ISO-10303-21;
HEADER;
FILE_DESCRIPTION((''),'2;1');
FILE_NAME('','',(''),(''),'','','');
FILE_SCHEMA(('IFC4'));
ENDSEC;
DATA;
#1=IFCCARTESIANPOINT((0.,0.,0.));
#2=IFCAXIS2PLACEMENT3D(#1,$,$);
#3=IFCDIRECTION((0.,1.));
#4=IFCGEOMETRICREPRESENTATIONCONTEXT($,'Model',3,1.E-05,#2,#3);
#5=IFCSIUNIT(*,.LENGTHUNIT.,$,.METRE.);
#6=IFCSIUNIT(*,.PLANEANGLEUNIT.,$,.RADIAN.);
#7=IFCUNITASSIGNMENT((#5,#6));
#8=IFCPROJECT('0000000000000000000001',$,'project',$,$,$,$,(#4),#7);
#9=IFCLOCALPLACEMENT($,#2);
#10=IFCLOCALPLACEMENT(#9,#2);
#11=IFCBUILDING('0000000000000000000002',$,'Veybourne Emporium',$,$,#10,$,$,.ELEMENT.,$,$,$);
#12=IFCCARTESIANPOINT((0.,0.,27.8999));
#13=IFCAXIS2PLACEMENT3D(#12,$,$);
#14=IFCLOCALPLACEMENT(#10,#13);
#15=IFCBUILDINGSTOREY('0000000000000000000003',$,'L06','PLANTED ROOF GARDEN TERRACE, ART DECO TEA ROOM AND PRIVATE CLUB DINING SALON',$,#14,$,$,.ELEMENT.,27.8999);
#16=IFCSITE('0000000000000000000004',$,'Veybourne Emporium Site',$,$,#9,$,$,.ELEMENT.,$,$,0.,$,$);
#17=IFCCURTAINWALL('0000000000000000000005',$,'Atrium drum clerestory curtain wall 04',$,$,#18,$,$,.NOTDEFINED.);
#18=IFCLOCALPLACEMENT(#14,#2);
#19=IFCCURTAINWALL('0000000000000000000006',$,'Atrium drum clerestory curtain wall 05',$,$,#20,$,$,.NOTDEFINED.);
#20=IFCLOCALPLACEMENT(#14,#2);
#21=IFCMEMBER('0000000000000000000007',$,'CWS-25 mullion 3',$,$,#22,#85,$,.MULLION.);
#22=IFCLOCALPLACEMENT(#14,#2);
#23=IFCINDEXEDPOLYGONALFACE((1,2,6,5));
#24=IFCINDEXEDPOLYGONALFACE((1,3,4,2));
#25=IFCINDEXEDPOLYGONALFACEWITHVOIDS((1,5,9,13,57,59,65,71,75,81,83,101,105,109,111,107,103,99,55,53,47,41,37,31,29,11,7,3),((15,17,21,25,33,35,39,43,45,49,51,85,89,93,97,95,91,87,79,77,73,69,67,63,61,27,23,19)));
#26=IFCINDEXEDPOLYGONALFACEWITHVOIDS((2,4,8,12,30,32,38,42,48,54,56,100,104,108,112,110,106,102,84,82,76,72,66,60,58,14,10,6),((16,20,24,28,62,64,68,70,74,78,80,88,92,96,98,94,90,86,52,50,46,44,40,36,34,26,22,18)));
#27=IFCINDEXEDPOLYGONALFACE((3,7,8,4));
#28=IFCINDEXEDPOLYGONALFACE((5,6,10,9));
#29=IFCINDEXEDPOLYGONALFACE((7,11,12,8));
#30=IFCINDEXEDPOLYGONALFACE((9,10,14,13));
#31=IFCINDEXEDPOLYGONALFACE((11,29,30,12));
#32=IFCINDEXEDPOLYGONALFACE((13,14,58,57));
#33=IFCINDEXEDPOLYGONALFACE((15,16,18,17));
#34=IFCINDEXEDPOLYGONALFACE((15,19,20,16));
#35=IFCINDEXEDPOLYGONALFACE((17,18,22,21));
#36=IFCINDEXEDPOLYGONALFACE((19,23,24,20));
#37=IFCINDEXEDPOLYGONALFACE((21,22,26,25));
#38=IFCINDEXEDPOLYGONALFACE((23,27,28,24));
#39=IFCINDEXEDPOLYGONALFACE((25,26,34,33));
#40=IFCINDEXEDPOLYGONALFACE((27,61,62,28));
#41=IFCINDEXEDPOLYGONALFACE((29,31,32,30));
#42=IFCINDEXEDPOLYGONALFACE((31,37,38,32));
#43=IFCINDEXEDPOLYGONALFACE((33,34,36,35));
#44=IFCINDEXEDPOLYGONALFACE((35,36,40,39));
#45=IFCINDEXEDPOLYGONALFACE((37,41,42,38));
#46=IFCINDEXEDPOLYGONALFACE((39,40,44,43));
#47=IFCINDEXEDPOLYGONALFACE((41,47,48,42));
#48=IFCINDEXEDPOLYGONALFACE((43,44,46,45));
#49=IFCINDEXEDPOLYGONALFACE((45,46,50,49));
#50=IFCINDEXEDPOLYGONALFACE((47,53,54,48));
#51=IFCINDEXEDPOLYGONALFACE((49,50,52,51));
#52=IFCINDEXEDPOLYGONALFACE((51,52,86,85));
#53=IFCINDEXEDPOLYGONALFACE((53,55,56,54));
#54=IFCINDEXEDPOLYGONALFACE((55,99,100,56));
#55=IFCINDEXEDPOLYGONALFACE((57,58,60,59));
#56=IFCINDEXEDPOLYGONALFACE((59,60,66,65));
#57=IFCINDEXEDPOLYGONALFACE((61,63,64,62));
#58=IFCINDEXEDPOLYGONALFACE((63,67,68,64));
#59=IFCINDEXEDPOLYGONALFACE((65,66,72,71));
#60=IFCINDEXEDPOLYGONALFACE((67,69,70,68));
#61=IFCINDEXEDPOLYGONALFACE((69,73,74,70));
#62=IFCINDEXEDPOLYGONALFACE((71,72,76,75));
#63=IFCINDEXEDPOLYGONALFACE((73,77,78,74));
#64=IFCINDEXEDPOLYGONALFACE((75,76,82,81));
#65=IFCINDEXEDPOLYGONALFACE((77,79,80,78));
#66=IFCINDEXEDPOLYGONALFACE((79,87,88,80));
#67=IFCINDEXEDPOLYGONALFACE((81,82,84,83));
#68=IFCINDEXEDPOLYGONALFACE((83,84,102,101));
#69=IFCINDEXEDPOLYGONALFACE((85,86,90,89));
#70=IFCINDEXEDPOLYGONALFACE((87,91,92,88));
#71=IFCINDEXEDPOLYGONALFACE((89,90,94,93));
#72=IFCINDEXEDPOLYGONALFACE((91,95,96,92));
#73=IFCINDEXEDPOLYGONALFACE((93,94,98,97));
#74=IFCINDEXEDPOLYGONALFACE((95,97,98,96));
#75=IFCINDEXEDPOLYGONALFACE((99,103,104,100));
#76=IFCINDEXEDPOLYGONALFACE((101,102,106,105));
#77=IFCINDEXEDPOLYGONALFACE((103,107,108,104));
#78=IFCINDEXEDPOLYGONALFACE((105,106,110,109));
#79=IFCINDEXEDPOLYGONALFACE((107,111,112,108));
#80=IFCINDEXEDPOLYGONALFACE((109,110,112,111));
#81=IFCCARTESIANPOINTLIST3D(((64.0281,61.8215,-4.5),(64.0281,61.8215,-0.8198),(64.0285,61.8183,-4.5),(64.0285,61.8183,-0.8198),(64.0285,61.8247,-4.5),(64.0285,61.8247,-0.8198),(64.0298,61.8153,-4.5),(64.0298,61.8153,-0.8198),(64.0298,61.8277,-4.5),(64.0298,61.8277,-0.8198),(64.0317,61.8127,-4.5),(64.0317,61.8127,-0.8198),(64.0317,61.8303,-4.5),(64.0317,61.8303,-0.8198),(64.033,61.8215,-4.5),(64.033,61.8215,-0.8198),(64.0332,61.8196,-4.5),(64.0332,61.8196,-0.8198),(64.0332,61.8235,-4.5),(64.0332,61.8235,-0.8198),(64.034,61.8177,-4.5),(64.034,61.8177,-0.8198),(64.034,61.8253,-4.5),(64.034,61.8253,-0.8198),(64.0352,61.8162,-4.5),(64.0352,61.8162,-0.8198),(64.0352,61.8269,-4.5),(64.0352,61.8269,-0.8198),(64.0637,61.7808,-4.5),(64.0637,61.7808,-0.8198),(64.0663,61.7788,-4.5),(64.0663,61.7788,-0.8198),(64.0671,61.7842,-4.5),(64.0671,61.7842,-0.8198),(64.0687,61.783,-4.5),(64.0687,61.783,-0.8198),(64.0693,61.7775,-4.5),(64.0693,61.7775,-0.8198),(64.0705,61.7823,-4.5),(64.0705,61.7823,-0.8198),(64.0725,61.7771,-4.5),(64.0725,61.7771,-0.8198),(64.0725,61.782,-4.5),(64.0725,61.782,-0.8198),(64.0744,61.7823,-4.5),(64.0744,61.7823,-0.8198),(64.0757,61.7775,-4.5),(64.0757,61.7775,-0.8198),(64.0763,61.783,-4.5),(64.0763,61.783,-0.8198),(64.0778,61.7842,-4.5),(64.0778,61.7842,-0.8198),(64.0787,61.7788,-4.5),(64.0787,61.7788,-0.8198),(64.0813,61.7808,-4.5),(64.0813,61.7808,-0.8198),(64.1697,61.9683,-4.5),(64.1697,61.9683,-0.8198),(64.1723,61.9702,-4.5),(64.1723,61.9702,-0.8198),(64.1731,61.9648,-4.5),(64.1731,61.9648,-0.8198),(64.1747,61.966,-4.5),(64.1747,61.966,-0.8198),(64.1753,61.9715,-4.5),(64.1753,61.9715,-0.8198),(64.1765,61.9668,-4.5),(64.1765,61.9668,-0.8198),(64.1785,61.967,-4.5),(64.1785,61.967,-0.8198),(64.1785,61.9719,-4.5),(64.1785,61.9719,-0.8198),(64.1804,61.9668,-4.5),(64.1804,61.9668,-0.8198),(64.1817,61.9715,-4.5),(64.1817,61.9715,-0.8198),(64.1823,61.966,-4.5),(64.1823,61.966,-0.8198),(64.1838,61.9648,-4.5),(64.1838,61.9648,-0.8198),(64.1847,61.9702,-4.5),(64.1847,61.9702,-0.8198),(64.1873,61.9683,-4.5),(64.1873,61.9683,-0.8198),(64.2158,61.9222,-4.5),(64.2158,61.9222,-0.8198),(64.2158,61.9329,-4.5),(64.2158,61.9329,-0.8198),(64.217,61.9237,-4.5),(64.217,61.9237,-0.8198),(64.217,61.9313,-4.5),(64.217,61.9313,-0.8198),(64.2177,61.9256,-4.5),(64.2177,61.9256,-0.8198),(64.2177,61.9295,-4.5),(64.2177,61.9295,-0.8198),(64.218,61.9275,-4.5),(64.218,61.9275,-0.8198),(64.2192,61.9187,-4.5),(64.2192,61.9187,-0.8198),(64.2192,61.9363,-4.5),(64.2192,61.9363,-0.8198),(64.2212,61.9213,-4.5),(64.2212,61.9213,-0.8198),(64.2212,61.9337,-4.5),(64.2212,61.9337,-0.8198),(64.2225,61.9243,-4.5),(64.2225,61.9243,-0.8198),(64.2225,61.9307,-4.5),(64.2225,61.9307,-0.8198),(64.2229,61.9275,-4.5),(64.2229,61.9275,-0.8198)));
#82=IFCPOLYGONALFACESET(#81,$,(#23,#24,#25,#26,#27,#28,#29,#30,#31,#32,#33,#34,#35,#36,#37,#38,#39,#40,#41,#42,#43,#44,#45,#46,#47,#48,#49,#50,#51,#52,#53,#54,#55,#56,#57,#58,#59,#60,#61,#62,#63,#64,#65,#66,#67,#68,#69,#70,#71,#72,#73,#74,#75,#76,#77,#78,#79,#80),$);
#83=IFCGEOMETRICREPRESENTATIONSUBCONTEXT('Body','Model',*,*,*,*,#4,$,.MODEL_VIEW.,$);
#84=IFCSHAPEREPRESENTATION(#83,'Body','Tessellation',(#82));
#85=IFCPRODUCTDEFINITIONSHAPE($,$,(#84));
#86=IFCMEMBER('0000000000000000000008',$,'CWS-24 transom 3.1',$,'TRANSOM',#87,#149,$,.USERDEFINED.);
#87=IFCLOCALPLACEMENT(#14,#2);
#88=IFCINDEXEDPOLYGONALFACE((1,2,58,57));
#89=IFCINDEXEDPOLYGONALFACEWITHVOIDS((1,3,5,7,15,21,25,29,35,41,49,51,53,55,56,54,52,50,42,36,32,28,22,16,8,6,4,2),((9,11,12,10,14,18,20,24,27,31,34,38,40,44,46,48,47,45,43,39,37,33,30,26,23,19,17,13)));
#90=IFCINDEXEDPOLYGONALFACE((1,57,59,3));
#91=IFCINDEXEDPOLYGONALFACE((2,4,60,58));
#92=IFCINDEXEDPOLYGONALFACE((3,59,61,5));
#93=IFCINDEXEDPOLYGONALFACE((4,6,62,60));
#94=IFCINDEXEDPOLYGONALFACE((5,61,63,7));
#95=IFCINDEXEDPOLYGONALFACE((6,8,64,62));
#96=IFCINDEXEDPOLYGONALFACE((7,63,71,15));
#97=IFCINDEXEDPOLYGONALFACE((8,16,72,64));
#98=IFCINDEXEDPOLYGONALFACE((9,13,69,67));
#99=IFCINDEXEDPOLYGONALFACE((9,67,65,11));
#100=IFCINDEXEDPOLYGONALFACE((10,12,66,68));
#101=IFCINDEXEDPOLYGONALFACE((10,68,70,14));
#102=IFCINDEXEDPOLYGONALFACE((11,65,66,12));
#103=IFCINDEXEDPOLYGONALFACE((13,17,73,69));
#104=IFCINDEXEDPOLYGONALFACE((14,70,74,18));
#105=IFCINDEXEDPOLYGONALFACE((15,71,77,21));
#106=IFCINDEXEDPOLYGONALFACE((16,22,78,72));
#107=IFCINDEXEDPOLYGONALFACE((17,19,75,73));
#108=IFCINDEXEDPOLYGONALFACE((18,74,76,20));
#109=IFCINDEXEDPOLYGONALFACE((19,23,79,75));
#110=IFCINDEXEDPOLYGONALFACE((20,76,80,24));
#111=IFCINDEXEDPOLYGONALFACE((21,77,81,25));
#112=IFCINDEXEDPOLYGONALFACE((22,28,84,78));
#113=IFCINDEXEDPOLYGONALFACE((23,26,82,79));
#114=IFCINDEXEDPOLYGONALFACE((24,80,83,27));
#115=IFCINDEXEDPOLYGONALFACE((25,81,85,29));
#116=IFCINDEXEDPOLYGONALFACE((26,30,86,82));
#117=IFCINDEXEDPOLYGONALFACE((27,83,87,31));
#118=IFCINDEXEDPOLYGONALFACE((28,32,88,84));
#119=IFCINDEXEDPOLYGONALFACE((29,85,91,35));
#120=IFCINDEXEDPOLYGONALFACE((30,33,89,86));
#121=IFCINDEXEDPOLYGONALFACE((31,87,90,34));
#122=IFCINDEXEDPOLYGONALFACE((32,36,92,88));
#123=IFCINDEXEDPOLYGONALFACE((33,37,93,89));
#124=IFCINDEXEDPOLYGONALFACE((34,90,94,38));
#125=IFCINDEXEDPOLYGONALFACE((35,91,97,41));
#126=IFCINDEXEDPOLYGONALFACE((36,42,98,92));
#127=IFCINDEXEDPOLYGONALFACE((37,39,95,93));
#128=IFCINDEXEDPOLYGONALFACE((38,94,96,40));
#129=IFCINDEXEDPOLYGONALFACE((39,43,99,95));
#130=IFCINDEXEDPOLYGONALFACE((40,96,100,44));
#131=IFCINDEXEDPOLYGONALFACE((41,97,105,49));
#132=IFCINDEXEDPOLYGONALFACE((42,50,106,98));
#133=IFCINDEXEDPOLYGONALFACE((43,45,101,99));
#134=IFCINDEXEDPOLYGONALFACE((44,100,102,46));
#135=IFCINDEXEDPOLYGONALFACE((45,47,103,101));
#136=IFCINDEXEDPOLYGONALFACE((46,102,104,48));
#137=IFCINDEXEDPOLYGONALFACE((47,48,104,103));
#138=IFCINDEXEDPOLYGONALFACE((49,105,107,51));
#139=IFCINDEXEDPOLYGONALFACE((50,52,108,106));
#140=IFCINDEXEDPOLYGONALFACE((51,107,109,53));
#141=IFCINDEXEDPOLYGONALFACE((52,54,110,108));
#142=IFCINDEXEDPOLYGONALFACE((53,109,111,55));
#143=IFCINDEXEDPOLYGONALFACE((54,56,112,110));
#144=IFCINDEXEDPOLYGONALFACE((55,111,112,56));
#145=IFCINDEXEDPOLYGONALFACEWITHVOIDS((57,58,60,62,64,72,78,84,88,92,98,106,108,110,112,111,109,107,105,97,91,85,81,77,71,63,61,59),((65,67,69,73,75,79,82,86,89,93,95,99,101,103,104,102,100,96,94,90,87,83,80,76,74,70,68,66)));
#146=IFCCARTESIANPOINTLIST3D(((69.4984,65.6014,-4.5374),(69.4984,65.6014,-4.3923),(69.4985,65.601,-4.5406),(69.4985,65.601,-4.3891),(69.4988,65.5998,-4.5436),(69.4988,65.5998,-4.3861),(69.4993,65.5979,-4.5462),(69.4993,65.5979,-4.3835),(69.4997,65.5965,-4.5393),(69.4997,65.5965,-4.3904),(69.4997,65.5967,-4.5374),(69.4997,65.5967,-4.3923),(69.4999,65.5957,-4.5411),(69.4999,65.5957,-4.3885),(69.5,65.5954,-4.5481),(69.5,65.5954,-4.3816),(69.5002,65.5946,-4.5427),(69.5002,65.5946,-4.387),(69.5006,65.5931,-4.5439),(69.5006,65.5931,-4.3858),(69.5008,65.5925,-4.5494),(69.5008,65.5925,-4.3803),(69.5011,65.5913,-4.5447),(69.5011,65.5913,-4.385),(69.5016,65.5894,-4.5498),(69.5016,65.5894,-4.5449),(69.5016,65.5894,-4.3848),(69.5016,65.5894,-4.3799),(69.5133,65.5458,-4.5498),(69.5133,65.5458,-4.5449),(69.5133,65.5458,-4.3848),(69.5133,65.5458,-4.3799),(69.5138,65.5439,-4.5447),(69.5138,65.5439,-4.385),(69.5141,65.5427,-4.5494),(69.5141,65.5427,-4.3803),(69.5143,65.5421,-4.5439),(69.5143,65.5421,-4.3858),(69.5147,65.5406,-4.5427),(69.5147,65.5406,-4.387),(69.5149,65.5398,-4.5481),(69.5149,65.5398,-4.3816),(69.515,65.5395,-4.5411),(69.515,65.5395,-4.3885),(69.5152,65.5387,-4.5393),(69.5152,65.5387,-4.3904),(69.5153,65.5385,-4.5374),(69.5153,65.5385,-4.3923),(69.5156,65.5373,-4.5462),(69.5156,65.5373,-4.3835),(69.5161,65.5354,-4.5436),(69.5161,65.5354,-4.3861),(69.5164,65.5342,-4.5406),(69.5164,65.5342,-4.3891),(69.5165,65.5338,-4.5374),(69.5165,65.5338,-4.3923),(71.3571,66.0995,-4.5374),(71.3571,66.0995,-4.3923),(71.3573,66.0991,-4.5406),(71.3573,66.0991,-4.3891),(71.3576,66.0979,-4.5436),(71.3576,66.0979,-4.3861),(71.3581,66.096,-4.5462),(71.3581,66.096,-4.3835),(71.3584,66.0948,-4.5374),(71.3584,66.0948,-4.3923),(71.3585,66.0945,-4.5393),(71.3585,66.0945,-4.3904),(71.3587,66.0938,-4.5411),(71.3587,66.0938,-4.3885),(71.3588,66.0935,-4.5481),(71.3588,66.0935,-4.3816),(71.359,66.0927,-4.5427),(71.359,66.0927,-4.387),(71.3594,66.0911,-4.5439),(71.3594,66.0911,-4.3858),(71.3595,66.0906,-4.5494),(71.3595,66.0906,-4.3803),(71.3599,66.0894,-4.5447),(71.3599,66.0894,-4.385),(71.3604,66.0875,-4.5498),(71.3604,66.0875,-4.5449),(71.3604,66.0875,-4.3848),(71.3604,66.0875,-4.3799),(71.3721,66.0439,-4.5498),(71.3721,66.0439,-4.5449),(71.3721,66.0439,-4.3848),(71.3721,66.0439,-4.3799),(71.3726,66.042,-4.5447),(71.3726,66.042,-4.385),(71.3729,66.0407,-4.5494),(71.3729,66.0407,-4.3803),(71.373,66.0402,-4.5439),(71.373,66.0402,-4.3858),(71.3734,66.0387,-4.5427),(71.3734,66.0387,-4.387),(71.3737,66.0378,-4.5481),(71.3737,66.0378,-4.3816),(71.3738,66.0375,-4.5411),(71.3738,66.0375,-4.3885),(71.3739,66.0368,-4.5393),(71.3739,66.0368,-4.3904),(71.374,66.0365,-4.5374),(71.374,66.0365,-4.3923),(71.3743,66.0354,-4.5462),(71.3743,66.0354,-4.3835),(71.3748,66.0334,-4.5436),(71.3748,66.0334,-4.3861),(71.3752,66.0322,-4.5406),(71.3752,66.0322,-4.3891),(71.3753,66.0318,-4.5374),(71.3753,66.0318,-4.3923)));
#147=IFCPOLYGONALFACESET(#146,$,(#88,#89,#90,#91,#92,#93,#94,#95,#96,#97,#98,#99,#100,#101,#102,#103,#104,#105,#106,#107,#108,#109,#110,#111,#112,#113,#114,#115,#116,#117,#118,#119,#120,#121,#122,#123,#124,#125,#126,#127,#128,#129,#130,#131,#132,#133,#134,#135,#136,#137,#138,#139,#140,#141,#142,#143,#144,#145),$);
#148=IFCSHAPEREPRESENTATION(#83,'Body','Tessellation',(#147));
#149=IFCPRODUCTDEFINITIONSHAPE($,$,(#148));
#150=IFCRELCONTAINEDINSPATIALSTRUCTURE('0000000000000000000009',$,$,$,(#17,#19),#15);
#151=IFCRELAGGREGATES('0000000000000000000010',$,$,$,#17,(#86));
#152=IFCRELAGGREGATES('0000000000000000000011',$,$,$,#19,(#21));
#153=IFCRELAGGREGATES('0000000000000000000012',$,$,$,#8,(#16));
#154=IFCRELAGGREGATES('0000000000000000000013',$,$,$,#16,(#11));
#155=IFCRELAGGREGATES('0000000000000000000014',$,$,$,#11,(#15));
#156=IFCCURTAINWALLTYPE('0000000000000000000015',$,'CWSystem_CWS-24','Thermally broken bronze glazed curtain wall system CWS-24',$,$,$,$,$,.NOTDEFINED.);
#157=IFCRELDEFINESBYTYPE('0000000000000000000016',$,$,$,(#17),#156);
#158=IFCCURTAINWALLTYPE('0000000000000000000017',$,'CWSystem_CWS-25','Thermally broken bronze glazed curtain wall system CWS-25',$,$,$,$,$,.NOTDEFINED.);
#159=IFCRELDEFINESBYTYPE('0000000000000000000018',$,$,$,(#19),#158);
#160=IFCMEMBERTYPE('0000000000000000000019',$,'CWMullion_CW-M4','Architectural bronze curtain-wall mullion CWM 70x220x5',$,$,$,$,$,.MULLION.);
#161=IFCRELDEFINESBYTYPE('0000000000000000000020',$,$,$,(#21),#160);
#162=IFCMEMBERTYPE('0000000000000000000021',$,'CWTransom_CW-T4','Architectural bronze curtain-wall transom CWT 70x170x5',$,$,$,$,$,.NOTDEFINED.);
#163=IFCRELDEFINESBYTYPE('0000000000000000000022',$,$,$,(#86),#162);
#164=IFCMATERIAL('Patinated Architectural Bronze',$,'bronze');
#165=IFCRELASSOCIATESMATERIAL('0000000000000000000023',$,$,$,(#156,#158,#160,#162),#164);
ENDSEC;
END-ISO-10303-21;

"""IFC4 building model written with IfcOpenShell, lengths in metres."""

from ifc_helpers import new_model, si_unit, direction, frame, origin, origin_2d, place, context, subcontext, project, spatial, hollow_rectangle, extrude, material, material_profile, profile_set, type_object, element, aggregate, save


model = new_model("IFC4")

# Units and contexts
model_context = context("Model", 3, precision=1e-05, world=origin(), true_north=direction((0.0, 1.0)))
body_context = subcontext(model_context, "Body", "Model", "MODEL_VIEW")
ifc_project = project(units=[si_unit("LENGTHUNIT", "METRE"), si_unit("PLANEANGLEUNIT", "RADIAN")], contexts=[model_context])

# Site, building, storey
site_placement = place(None, origin())
site = spatial("IfcSite", under=ifc_project, at=site_placement, Name="Veybourne Emporium Site", CompositionType="ELEMENT", RefElevation=0.0)
building_placement = place(site_placement, origin())
building = spatial("IfcBuilding", under=site, at=building_placement, Name="Veybourne Emporium", CompositionType="ELEMENT")
storey_placement = place(building_placement, frame((0.0, 0.0, 27.8999)))
storey = spatial("IfcBuildingStorey", under=building, at=storey_placement, Name="L06", Description="PLANTED ROOF GARDEN TERRACE, ART DECO TEA ROOM AND PRIVATE CLUB DINING SALON", CompositionType="ELEMENT", Elevation=27.8999)

# Curtain walls, member
ifc_material_1 = material(Name="Patinated Architectural Bronze", Category="bronze")
curtain_wall_type_1 = type_object("IfcCurtainWallType", Name="CWSystem_CWS-24", Description="Thermally broken bronze glazed curtain wall system CWS-24", PredefinedType="NOTDEFINED", material=ifc_material_1)
curtain_wall_1_placement = place(storey_placement, origin())
curtain_wall_1 = element("IfcCurtainWall", 1, at=curtain_wall_1_placement, inside=storey, type_object=curtain_wall_type_1, Name="Atrium drum clerestory curtain wall 04", PredefinedType="NOTDEFINED")
ifc_material_profile_1 = material_profile(ifc_material_1, hollow_rectangle(XDim=0.0701, YDim=0.22, WallThickness=0.0049, InnerFilletRadius=0.0076, OuterFilletRadius=0.0125, at=origin_2d()), Name="CWM 70x220x5")
ifc_profile_set_1 = profile_set([ifc_material_profile_1], Name="Patinated Architectural Bronze")
member_type_1 = type_object("IfcMemberType", Name="CWMullion_CW-M4", Description="Architectural bronze curtain-wall mullion CWM 70x220x5", PredefinedType="MULLION", material=ifc_profile_set_1)
curtain_wall_type_2 = type_object("IfcCurtainWallType", Name="CWSystem_CWS-25", Description="Thermally broken bronze glazed curtain wall system CWS-25", PredefinedType="NOTDEFINED", material=ifc_material_1)
curtain_wall_2_placement = place(storey_placement, origin())
curtain_wall_2 = element("IfcCurtainWall", 2, at=curtain_wall_2_placement, inside=storey, type_object=curtain_wall_type_2, Name="Atrium drum clerestory curtain wall 05", PredefinedType="NOTDEFINED")
member_1_placement = place(storey_placement, frame((64.1255, 61.8745, -4.5), z_axis=(0.0, 0.0, 1.0), x_axis=(0.707107, -0.707107, 0.0)))
member_1 = element("IfcMember", 3, at=member_1_placement, type_object=member_type_1, Name="CWS-25 mullion 3", PredefinedType="MULLION", context=body_context, shape_type="SweptSolid", body=[
    extrude(hollow_rectangle(XDim=0.0701, YDim=0.22, WallThickness=0.0049, InnerFilletRadius=0.0076, OuterFilletRadius=0.0125, at=origin_2d()), origin(), (0.0, 0.0, 1.0), 3.6802),
])

# Member
ifc_material_profile_2 = material_profile(ifc_material_1, hollow_rectangle(XDim=0.0701, YDim=0.1699, WallThickness=0.0049, InnerFilletRadius=0.0076, OuterFilletRadius=0.0125, at=origin_2d()), Name="CWT 70x170x5")
ifc_profile_set_2 = profile_set([ifc_material_profile_2], Name="Patinated Architectural Bronze")
member_type_2 = type_object("IfcMemberType", Name="CWTransom_CW-T4", Description="Architectural bronze curtain-wall transom CWT 70x170x5", PredefinedType="NOTDEFINED", material=ifc_profile_set_2)
member_2_placement = place(storey_placement, frame((71.3662, 66.0657, -4.4648), z_axis=(-0.965923, -0.258831, 0.0), x_axis=(0.258831, -0.965923, 0.0)))
member_2 = element("IfcMember", 4, at=member_2_placement, type_object=member_type_2, Name="CWS-24 transom 3.1", ObjectType="TRANSOM", PredefinedType="USERDEFINED", context=body_context, shape_type="SweptSolid", body=[
    extrude(hollow_rectangle(XDim=0.0701, YDim=0.1699, WallThickness=0.0049, InnerFilletRadius=0.0076, OuterFilletRadius=0.0125, at=origin_2d()), origin(), (0.0, 0.0, 1.0), 1.9243),
])

aggregate(curtain_wall_1, [member_2])
aggregate(curtain_wall_2, [member_1])

save(model, "model.ifc")
